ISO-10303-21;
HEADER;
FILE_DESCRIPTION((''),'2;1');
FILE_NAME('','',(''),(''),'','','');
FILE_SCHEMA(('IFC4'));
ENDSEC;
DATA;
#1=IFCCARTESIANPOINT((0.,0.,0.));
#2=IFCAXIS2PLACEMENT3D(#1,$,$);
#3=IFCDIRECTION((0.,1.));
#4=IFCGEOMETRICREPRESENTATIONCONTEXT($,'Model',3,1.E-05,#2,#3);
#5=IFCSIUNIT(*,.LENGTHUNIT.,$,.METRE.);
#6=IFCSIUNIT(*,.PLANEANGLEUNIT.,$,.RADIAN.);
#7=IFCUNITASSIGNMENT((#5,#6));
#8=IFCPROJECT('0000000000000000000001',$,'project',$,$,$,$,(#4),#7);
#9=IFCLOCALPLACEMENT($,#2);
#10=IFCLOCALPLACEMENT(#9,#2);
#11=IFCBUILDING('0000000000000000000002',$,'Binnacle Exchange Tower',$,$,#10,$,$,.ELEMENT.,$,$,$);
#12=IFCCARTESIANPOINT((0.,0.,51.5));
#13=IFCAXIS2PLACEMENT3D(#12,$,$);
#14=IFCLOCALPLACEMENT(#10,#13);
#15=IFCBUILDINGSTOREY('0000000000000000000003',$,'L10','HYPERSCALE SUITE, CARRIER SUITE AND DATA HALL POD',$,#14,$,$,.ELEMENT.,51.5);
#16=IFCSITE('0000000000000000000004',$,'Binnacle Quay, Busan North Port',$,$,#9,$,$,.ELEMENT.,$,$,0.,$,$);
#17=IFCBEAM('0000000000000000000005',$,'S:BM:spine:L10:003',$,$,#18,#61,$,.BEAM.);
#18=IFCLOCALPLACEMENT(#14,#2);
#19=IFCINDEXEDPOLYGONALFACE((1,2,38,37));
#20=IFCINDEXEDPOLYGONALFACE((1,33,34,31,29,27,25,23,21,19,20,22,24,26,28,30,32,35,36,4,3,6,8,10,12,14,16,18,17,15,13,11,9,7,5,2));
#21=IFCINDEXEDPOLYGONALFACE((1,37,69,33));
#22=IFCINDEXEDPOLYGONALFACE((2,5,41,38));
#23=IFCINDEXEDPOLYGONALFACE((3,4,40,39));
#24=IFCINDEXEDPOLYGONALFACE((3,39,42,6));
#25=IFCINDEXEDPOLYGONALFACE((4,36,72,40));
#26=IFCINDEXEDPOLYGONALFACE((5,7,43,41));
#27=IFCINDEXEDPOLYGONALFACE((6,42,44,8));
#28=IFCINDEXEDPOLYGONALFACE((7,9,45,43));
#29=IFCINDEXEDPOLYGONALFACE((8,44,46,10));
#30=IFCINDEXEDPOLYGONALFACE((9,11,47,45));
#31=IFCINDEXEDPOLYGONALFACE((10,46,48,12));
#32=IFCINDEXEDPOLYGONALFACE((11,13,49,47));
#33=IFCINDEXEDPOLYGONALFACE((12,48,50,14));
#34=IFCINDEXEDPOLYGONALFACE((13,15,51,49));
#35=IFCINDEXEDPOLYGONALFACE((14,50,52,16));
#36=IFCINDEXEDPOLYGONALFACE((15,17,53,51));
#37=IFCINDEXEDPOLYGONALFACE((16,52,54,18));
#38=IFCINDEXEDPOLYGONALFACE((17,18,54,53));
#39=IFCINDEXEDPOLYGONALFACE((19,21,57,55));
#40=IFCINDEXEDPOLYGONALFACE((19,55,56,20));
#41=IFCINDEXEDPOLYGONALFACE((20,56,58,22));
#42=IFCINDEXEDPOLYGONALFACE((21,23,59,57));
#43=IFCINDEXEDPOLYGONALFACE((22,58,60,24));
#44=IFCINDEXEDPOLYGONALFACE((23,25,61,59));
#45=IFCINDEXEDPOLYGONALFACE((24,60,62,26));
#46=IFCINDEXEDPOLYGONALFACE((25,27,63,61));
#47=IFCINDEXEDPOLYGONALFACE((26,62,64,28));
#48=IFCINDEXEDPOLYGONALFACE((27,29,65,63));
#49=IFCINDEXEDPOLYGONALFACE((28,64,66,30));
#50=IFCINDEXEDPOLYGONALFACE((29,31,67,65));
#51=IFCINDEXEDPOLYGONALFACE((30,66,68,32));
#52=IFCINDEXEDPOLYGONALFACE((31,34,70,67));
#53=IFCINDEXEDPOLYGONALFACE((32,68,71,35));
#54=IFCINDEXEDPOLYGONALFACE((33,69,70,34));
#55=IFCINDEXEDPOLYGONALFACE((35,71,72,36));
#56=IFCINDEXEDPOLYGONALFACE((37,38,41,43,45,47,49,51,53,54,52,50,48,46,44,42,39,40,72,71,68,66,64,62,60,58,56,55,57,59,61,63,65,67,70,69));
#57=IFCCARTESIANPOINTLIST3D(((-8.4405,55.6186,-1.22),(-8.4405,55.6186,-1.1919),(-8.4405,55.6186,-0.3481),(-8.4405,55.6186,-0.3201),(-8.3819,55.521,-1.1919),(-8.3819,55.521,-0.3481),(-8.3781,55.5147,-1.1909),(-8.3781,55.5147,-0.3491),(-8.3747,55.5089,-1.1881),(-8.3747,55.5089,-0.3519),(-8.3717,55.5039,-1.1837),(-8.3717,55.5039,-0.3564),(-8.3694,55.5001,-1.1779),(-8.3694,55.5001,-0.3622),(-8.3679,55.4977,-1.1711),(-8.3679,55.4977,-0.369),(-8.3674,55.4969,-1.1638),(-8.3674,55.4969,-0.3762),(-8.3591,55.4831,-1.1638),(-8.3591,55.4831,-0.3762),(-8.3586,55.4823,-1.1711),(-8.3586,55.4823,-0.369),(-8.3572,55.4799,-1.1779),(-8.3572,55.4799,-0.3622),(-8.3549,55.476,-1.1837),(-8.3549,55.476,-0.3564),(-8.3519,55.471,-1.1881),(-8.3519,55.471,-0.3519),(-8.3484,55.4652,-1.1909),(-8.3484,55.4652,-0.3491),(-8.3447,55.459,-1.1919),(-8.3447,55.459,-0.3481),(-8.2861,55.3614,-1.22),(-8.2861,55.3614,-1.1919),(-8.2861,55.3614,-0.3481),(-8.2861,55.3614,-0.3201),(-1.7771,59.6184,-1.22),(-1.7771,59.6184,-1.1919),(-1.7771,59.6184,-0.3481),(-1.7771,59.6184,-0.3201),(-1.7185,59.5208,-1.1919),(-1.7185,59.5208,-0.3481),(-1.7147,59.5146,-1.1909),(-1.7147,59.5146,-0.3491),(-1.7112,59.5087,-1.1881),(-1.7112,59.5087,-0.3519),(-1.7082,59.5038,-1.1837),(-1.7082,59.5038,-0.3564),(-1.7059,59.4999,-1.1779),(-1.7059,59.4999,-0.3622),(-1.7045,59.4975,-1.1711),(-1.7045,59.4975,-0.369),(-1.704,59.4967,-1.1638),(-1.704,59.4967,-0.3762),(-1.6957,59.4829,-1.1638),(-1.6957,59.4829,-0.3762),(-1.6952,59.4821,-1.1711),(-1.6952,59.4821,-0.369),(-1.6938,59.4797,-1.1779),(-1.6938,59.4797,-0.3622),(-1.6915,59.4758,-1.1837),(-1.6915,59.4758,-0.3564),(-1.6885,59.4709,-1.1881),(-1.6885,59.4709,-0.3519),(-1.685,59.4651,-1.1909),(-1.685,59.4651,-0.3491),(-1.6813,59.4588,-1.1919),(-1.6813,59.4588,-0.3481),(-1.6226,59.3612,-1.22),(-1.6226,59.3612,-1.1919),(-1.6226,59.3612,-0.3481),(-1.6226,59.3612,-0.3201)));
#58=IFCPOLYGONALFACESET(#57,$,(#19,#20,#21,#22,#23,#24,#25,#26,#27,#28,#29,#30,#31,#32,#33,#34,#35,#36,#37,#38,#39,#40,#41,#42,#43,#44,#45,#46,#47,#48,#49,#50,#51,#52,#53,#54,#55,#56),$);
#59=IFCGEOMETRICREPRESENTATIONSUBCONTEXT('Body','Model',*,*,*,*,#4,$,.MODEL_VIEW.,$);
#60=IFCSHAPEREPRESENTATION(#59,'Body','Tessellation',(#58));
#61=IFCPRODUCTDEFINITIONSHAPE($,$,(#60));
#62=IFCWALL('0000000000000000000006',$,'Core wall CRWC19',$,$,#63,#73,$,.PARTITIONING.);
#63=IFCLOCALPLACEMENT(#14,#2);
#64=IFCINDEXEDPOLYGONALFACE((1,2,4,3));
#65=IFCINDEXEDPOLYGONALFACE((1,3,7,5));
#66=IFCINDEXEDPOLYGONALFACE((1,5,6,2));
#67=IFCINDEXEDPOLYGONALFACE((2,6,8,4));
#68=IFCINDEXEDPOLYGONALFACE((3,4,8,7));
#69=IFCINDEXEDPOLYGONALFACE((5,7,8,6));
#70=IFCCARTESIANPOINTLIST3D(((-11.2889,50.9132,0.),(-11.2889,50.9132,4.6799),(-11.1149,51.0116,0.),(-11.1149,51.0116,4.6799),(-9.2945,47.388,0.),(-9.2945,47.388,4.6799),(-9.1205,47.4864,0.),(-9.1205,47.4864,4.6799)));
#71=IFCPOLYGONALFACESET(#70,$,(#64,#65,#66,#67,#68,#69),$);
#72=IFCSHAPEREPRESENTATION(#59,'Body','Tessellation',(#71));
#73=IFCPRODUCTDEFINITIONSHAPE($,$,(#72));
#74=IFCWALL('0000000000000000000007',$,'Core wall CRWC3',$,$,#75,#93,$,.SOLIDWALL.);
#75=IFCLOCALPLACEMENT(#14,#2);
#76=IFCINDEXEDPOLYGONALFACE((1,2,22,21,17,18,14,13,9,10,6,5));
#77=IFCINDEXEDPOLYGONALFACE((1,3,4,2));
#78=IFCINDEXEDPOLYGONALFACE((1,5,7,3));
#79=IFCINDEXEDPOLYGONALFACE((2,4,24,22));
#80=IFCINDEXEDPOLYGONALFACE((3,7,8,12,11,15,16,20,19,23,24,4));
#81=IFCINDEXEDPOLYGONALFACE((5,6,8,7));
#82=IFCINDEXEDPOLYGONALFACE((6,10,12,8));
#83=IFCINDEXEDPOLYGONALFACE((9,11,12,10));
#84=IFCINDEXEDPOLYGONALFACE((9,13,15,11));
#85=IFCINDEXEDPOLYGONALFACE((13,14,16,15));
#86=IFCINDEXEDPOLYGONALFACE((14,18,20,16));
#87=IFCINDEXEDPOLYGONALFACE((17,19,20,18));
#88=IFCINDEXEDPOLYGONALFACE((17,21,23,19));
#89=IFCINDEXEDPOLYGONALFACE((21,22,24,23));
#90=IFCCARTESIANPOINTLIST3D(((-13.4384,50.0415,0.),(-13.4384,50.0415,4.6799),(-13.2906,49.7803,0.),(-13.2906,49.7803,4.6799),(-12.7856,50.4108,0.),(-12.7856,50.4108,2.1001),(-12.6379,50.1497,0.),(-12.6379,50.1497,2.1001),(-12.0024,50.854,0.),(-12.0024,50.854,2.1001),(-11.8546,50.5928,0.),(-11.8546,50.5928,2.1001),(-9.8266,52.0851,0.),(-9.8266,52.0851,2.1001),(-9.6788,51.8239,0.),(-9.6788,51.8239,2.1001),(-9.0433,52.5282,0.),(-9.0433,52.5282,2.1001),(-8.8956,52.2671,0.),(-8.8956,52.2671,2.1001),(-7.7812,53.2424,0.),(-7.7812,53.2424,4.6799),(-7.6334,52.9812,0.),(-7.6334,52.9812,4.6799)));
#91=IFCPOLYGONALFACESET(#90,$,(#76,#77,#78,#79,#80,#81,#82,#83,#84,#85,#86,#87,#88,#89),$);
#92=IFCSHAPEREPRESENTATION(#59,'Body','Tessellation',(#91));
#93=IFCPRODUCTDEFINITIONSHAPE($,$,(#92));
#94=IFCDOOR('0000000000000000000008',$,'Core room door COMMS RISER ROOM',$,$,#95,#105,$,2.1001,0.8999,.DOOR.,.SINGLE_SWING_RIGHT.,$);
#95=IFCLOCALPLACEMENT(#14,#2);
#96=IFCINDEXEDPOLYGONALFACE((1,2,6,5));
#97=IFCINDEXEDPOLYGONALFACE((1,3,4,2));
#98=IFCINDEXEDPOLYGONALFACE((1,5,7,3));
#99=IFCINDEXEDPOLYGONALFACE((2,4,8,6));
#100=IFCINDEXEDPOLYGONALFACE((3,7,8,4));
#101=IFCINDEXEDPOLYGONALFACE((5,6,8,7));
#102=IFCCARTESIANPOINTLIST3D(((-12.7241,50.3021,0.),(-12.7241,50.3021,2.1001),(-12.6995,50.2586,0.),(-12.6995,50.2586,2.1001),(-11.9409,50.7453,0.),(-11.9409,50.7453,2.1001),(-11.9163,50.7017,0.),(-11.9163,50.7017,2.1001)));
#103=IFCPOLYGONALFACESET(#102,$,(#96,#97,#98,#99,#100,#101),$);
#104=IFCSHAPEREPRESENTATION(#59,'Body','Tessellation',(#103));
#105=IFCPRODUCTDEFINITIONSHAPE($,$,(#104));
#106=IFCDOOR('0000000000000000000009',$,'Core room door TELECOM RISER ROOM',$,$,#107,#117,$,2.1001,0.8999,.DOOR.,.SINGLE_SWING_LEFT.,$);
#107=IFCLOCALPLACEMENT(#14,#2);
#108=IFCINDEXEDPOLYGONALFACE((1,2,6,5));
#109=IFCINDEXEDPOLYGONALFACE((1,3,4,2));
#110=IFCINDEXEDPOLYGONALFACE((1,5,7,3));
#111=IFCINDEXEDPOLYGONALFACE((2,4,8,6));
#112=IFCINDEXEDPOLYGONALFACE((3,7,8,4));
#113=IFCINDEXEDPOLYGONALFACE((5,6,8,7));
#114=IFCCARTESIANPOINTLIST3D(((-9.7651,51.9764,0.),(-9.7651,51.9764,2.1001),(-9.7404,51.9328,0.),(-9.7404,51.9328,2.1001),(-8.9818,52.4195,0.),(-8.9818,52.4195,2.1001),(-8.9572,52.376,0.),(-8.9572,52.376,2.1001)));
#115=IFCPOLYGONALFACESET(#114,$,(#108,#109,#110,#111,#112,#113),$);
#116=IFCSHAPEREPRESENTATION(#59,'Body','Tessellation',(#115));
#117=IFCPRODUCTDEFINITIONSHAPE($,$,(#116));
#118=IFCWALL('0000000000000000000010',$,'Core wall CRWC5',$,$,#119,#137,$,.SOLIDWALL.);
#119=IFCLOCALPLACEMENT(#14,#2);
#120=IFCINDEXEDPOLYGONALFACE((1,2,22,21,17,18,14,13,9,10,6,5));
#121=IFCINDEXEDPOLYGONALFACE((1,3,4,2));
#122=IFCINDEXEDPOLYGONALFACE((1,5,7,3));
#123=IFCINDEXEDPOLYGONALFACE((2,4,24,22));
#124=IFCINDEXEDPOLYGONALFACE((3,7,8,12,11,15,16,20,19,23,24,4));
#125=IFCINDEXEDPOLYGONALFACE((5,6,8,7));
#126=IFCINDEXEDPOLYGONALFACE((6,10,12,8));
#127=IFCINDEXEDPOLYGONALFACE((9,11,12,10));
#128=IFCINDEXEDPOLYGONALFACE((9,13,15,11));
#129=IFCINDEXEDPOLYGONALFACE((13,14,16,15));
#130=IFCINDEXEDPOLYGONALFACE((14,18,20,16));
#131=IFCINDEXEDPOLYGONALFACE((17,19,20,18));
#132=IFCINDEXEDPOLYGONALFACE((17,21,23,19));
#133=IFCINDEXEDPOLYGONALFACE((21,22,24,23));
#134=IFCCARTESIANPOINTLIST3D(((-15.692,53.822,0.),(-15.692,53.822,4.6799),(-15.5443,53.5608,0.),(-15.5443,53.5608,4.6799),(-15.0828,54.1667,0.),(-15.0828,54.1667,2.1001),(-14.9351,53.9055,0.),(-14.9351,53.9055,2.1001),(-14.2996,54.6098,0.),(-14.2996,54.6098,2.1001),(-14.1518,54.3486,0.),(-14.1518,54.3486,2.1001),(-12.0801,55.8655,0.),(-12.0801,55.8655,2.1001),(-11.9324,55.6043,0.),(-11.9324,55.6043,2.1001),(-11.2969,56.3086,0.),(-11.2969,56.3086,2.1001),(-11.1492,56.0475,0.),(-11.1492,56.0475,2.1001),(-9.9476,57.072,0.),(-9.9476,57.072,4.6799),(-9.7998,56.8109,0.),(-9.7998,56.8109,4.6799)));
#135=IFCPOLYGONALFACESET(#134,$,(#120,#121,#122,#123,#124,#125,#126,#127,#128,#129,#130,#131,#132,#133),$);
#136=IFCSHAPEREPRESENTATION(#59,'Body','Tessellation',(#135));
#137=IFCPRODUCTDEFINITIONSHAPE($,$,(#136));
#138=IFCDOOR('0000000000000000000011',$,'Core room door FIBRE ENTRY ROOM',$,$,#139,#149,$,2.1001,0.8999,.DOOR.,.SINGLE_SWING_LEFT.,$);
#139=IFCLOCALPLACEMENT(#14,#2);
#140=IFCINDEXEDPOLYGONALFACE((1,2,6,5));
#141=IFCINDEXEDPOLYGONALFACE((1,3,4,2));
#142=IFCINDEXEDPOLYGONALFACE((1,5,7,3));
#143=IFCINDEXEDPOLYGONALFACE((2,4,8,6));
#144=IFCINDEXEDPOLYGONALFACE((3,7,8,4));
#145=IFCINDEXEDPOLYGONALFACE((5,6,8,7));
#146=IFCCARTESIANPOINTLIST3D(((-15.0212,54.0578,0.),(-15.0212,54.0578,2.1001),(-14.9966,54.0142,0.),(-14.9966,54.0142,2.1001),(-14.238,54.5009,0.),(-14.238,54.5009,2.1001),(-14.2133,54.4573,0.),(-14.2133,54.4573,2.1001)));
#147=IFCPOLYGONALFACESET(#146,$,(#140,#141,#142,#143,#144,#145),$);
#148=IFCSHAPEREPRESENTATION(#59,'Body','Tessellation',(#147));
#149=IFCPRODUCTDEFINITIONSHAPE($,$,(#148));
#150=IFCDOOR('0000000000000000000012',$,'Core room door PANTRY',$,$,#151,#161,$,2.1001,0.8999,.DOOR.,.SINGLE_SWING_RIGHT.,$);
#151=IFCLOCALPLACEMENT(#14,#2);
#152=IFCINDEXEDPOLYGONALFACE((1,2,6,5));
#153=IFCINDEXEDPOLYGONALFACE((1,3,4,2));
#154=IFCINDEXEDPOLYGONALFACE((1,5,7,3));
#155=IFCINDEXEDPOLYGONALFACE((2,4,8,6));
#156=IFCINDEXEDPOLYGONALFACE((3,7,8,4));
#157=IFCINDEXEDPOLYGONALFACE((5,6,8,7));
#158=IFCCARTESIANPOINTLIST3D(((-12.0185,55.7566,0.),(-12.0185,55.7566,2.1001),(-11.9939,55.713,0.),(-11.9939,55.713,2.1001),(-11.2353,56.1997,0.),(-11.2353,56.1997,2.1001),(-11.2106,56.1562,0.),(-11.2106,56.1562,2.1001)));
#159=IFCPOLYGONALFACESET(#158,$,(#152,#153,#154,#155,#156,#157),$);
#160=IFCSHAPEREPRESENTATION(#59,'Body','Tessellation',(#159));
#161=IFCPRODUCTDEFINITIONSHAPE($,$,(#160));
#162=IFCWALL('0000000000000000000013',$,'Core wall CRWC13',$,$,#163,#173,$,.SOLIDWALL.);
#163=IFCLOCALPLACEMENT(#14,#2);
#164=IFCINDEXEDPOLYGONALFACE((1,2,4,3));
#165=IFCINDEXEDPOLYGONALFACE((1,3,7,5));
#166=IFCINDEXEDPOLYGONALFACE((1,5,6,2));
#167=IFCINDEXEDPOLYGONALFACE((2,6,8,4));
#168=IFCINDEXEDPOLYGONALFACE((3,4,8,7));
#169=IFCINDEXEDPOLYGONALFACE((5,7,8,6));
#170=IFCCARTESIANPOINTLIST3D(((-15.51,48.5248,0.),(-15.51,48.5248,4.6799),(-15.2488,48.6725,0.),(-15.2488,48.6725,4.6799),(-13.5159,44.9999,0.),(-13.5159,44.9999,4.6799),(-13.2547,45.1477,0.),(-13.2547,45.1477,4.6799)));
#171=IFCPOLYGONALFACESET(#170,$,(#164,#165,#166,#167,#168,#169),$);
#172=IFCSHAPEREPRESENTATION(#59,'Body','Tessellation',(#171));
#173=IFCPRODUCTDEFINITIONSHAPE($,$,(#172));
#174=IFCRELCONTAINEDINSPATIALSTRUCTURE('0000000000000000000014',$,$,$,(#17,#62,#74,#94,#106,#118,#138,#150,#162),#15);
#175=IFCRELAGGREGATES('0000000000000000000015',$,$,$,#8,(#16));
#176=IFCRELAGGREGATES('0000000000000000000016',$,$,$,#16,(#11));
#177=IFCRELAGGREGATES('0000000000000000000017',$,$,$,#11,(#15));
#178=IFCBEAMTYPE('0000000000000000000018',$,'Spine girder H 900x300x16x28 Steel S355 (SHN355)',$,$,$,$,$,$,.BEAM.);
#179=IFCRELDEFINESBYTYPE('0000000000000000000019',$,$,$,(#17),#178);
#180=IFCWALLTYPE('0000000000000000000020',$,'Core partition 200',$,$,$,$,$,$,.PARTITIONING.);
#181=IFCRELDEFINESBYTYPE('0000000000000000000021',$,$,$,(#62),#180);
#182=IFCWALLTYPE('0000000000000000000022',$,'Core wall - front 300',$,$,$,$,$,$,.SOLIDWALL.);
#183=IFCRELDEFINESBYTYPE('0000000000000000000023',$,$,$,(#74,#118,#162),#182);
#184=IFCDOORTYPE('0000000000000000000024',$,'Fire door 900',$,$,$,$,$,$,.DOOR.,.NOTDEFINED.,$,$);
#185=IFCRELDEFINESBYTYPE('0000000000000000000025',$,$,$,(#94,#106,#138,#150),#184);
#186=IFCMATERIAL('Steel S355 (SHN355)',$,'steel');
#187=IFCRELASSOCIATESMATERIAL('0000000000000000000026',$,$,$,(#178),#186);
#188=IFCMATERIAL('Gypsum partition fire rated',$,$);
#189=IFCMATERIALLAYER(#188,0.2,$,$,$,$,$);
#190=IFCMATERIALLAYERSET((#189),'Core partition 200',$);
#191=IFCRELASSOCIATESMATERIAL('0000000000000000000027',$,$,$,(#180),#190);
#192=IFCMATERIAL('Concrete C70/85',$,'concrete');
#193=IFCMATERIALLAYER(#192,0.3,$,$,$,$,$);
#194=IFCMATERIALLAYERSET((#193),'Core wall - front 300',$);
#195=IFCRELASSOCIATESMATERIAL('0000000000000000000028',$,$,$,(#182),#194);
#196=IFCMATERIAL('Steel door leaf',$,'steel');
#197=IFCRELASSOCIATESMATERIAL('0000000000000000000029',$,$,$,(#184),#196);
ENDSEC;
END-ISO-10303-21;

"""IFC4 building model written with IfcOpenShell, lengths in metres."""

from ifc_helpers import new_model, si_unit, direction, frame, frame_2d, origin, origin_2d, place, context, subcontext, project, spatial, rectangle, i_section, extrude, material, layer, layer_set, material_profile, profile_set, type_object, element, fill, save


model = new_model("IFC4")

# Units and contexts
model_context = context("Model", 3, precision=1e-05, world=origin(), true_north=direction((0.0, 1.0)))
body_context = subcontext(model_context, "Body", "Model", "MODEL_VIEW")
ifc_project = project(units=[si_unit("LENGTHUNIT", "METRE"), si_unit("PLANEANGLEUNIT", "RADIAN")], contexts=[model_context])

# Site, building, storey
site_placement = place(None, origin())
site = spatial("IfcSite", under=ifc_project, at=site_placement, Name="Binnacle Quay, Busan North Port", CompositionType="ELEMENT", RefElevation=0.0)
building_placement = place(site_placement, origin())
building = spatial("IfcBuilding", under=site, at=building_placement, Name="Binnacle Exchange Tower", CompositionType="ELEMENT")
storey_placement = place(building_placement, frame((0.0, 0.0, 51.5)))
storey = spatial("IfcBuildingStorey", under=building, at=storey_placement, Name="L10", Description="HYPERSCALE SUITE, CARRIER SUITE AND DATA HALL POD", CompositionType="ELEMENT", Elevation=51.5)

# Shared definitions
ifc_material_1 = material(Name="Concrete C70/85", Category="concrete")

# Beam
ifc_material_2 = material(Name="Steel S355 (SHN355)", Category="steel")
ifc_material_profile_1 = material_profile(ifc_material_2, i_section(OverallWidth=0.3, OverallDepth=0.8999, WebThickness=0.0161, FlangeThickness=0.0281, FilletRadius=0.0281, at=origin_2d()), Name="H 900x300x16x28")
ifc_profile_set_1 = profile_set([ifc_material_profile_1], Name="Steel S355 (SHN355)")
beam_type_1 = type_object("IfcBeamType", Name="Spine girder H 900x300x16x28 Steel S355 (SHN355)", PredefinedType="BEAM", material=ifc_profile_set_1)
beam_1_placement = place(storey_placement, frame((-8.3633, 55.49, -0.77), z_axis=(0.857393, 0.514662, 0.0), x_axis=(-0.514662, 0.857393, 0.0)))
element("IfcBeam", 1, at=beam_1_placement, inside=storey, type_object=beam_type_1, Name="S:BM:spine:L10:003", PredefinedType="BEAM", context=body_context, shape_type="SweptSolid", body=[
    extrude(i_section(OverallWidth=0.3, OverallDepth=0.8999, WebThickness=0.0161, FlangeThickness=0.0281, FilletRadius=0.0281, at=origin_2d()), origin(), (0.0, 0.0, 1.0), 7.7717),
])

# Wall
ifc_material_3 = material(Name="Gypsum partition fire rated")
ifc_layer_1 = layer(ifc_material_3, 0.2)
ifc_layer_set_1 = layer_set([ifc_layer_1], Name="Core partition 200")
wall_type_1 = type_object("IfcWallType", Name="Core partition 200", PredefinedType="PARTITIONING", material=ifc_layer_set_1)
wall_1_placement = place(storey_placement, frame((-11.2019, 50.9624, 0.0), z_axis=(0.0, 0.0, 1.0), x_axis=(0.492415, -0.870361, 0.0)))
element("IfcWall", 2, at=wall_1_placement, inside=storey, type_object=wall_type_1, Name="Core wall CRWC19", PredefinedType="PARTITIONING", context=body_context, shape_type="SweptSolid", body=[
    extrude(rectangle(XDim=4.0503, YDim=0.2, at=frame_2d((2.0251, 0.0))), origin(), (0.0, 0.0, 1.0), 4.6799),
])

# Walls, openings, doors
ifc_layer_2 = layer(ifc_material_1, 0.3)
ifc_layer_set_2 = layer_set([ifc_layer_2], Name="Core wall - front 300")
wall_type_2 = type_object("IfcWallType", Name="Core wall - front 300", PredefinedType="SOLIDWALL", material=ifc_layer_set_2)
wall_2_placement = place(storey_placement, frame((-13.3645, 49.9109, 0.0), z_axis=(0.0, 0.0, 1.0), x_axis=(0.870341, 0.49245, 0.0)))
wall_2 = element("IfcWall", 3, at=wall_2_placement, inside=storey, type_object=wall_type_2, Name="Core wall CRWC3", PredefinedType="SOLIDWALL", context=body_context, shape_type="SweptSolid", body=[
    extrude(rectangle(XDim=6.5, YDim=0.3, at=frame_2d((3.25, 0.0))), origin(), (0.0, 0.0, 1.0), 4.6799),
])
opening_1_placement = place(wall_2_placement, frame((0.75, 0.0, 0.0)))
opening_1 = element("IfcOpeningElement", 4, at=opening_1_placement, cuts=wall_2, PredefinedType="OPENING", context=body_context, shape_type="SweptSolid", body=[
    extrude(rectangle(XDim=0.8999, YDim=2.1001, at=frame_2d((0.45, 1.05))), frame((0.0, 0.1599, 0.0), z_axis=(0.0, -1.0, 0.0), x_axis=(1.0, 0.0, 0.0)), (0.0, 0.0, 1.0), 0.3201),
])
opening_2_placement = place(wall_2_placement, frame((4.1499, 0.0, 0.0)))
opening_2 = element("IfcOpeningElement", 5, at=opening_2_placement, cuts=wall_2, PredefinedType="OPENING", context=body_context, shape_type="SweptSolid", body=[
    extrude(rectangle(XDim=0.8999, YDim=2.1001, at=frame_2d((0.45, 1.05))), frame((0.0, 0.1599, 0.0), z_axis=(0.0, -1.0, 0.0), x_axis=(1.0, 0.0, 0.0)), (0.0, 0.0, 1.0), 0.3201),
])
ifc_material_4 = material(Name="Steel door leaf", Category="steel")
door_type_1 = type_object("IfcDoorType", Name="Fire door 900", OperationType="NOTDEFINED", PredefinedType="DOOR", material=ifc_material_4)
door_1_placement = place(opening_1_placement, frame((0.8999, 0.0, 0.0), z_axis=(0.0, 0.0, 1.0), x_axis=(-1.0, 0.0, 0.0)))
door_1 = element("IfcDoor", 6, at=door_1_placement, inside=storey, type_object=door_type_1, Name="Core room door COMMS RISER ROOM", OperationType="SINGLE_SWING_RIGHT", OverallHeight=2.1001, OverallWidth=0.8999, PredefinedType="DOOR", context=body_context, shape_type="SweptSolid", body=[
    extrude(rectangle(XDim=0.8999, YDim=2.1001, at=frame_2d((0.45, 1.05))), frame((0.0, 0.0249, 0.0), z_axis=(0.0, -1.0, 0.0), x_axis=(1.0, 0.0, 0.0)), (0.0, 0.0, 1.0), 0.05),
])
fill(opening_1, door_1)
door_2_placement = place(opening_2_placement, frame((0.8999, 0.0, 0.0), z_axis=(0.0, 0.0, 1.0), x_axis=(-1.0, 0.0, 0.0)))
door_2 = element("IfcDoor", 7, at=door_2_placement, inside=storey, type_object=door_type_1, Name="Core room door TELECOM RISER ROOM", OperationType="SINGLE_SWING_LEFT", OverallHeight=2.1001, OverallWidth=0.8999, PredefinedType="DOOR", context=body_context, shape_type="SweptSolid", body=[
    extrude(rectangle(XDim=0.8999, YDim=2.1001, at=frame_2d((0.45, 1.05))), frame((0.0, 0.0249, 0.0), z_axis=(0.0, -1.0, 0.0), x_axis=(1.0, 0.0, 0.0)), (0.0, 0.0, 1.0), 0.05),
])
fill(opening_2, door_2)
wall_3_placement = place(storey_placement, frame((-15.6182, 53.6914, 0.0), z_axis=(0.0, 0.0, 1.0), x_axis=(0.870357, 0.492422, 0.0)))
wall_3 = element("IfcWall", 8, at=wall_3_placement, inside=storey, type_object=wall_type_2, Name="Core wall CRWC5", PredefinedType="SOLIDWALL", context=body_context, shape_type="SweptSolid", body=[
    extrude(rectangle(XDim=6.6001, YDim=0.3, at=frame_2d((3.3, 0.0))), origin(), (0.0, 0.0, 1.0), 4.6799),
])
opening_3_placement = place(wall_3_placement, frame((0.7, 0.0, 0.0)))
opening_3 = element("IfcOpeningElement", 9, at=opening_3_placement, cuts=wall_3, PredefinedType="OPENING", context=body_context, shape_type="SweptSolid", body=[
    extrude(rectangle(XDim=0.8999, YDim=2.1001, at=frame_2d((0.45, 1.05))), frame((0.0, 0.1599, 0.0), z_axis=(0.0, -1.0, 0.0), x_axis=(1.0, 0.0, 0.0)), (0.0, 0.0, 1.0), 0.3201),
])
opening_4_placement = place(wall_3_placement, frame((4.1499, 0.0, 0.0)))
opening_4 = element("IfcOpeningElement", 10, at=opening_4_placement, cuts=wall_3, PredefinedType="OPENING", context=body_context, shape_type="SweptSolid", body=[
    extrude(rectangle(XDim=0.8999, YDim=2.1001, at=frame_2d((0.45, 1.05))), frame((0.0, 0.1599, 0.0), z_axis=(0.0, -1.0, 0.0), x_axis=(1.0, 0.0, 0.0)), (0.0, 0.0, 1.0), 0.3201),
])
door_3_placement = place(opening_3_placement, origin())
door_3 = element("IfcDoor", 11, at=door_3_placement, inside=storey, type_object=door_type_1, Name="Core room door FIBRE ENTRY ROOM", OperationType="SINGLE_SWING_LEFT", OverallHeight=2.1001, OverallWidth=0.8999, PredefinedType="DOOR", context=body_context, shape_type="SweptSolid", body=[
    extrude(rectangle(XDim=0.8999, YDim=2.1001, at=frame_2d((0.45, 1.05))), frame((0.0, 0.0249, 0.0), z_axis=(0.0, -1.0, 0.0), x_axis=(1.0, 0.0, 0.0)), (0.0, 0.0, 1.0), 0.05),
])
fill(opening_3, door_3)
door_4_placement = place(opening_4_placement, origin())
door_4 = element("IfcDoor", 12, at=door_4_placement, inside=storey, type_object=door_type_1, Name="Core room door PANTRY", OperationType="SINGLE_SWING_RIGHT", OverallHeight=2.1001, OverallWidth=0.8999, PredefinedType="DOOR", context=body_context, shape_type="SweptSolid", body=[
    extrude(rectangle(XDim=0.8999, YDim=2.1001, at=frame_2d((0.45, 1.05))), frame((0.0, 0.0249, 0.0), z_axis=(0.0, -1.0, 0.0), x_axis=(1.0, 0.0, 0.0)), (0.0, 0.0, 1.0), 0.05),
])
fill(opening_4, door_4)

# Wall
for number, where, z_axis, x_axis, name in (
    (13, (-15.3794, 48.5986, 0.0), (0.0, 0.0, 1.0), (0.492395, -0.870372, 0.0), "Core wall CRWC13"),
):
    element("IfcWall", number, at=place(storey_placement, frame(where, z_axis=z_axis, x_axis=x_axis)), inside=storey, type_object=wall_type_2, Name=name, PredefinedType="SOLIDWALL", context=body_context, shape_type="SweptSolid", body=[
        extrude(rectangle(XDim=4.0498, YDim=0.3, at=frame_2d((2.0249, 0.0))), origin(), (0.0, 0.0, 1.0), 4.6799),
    ])

save(model, "model.ifc")
